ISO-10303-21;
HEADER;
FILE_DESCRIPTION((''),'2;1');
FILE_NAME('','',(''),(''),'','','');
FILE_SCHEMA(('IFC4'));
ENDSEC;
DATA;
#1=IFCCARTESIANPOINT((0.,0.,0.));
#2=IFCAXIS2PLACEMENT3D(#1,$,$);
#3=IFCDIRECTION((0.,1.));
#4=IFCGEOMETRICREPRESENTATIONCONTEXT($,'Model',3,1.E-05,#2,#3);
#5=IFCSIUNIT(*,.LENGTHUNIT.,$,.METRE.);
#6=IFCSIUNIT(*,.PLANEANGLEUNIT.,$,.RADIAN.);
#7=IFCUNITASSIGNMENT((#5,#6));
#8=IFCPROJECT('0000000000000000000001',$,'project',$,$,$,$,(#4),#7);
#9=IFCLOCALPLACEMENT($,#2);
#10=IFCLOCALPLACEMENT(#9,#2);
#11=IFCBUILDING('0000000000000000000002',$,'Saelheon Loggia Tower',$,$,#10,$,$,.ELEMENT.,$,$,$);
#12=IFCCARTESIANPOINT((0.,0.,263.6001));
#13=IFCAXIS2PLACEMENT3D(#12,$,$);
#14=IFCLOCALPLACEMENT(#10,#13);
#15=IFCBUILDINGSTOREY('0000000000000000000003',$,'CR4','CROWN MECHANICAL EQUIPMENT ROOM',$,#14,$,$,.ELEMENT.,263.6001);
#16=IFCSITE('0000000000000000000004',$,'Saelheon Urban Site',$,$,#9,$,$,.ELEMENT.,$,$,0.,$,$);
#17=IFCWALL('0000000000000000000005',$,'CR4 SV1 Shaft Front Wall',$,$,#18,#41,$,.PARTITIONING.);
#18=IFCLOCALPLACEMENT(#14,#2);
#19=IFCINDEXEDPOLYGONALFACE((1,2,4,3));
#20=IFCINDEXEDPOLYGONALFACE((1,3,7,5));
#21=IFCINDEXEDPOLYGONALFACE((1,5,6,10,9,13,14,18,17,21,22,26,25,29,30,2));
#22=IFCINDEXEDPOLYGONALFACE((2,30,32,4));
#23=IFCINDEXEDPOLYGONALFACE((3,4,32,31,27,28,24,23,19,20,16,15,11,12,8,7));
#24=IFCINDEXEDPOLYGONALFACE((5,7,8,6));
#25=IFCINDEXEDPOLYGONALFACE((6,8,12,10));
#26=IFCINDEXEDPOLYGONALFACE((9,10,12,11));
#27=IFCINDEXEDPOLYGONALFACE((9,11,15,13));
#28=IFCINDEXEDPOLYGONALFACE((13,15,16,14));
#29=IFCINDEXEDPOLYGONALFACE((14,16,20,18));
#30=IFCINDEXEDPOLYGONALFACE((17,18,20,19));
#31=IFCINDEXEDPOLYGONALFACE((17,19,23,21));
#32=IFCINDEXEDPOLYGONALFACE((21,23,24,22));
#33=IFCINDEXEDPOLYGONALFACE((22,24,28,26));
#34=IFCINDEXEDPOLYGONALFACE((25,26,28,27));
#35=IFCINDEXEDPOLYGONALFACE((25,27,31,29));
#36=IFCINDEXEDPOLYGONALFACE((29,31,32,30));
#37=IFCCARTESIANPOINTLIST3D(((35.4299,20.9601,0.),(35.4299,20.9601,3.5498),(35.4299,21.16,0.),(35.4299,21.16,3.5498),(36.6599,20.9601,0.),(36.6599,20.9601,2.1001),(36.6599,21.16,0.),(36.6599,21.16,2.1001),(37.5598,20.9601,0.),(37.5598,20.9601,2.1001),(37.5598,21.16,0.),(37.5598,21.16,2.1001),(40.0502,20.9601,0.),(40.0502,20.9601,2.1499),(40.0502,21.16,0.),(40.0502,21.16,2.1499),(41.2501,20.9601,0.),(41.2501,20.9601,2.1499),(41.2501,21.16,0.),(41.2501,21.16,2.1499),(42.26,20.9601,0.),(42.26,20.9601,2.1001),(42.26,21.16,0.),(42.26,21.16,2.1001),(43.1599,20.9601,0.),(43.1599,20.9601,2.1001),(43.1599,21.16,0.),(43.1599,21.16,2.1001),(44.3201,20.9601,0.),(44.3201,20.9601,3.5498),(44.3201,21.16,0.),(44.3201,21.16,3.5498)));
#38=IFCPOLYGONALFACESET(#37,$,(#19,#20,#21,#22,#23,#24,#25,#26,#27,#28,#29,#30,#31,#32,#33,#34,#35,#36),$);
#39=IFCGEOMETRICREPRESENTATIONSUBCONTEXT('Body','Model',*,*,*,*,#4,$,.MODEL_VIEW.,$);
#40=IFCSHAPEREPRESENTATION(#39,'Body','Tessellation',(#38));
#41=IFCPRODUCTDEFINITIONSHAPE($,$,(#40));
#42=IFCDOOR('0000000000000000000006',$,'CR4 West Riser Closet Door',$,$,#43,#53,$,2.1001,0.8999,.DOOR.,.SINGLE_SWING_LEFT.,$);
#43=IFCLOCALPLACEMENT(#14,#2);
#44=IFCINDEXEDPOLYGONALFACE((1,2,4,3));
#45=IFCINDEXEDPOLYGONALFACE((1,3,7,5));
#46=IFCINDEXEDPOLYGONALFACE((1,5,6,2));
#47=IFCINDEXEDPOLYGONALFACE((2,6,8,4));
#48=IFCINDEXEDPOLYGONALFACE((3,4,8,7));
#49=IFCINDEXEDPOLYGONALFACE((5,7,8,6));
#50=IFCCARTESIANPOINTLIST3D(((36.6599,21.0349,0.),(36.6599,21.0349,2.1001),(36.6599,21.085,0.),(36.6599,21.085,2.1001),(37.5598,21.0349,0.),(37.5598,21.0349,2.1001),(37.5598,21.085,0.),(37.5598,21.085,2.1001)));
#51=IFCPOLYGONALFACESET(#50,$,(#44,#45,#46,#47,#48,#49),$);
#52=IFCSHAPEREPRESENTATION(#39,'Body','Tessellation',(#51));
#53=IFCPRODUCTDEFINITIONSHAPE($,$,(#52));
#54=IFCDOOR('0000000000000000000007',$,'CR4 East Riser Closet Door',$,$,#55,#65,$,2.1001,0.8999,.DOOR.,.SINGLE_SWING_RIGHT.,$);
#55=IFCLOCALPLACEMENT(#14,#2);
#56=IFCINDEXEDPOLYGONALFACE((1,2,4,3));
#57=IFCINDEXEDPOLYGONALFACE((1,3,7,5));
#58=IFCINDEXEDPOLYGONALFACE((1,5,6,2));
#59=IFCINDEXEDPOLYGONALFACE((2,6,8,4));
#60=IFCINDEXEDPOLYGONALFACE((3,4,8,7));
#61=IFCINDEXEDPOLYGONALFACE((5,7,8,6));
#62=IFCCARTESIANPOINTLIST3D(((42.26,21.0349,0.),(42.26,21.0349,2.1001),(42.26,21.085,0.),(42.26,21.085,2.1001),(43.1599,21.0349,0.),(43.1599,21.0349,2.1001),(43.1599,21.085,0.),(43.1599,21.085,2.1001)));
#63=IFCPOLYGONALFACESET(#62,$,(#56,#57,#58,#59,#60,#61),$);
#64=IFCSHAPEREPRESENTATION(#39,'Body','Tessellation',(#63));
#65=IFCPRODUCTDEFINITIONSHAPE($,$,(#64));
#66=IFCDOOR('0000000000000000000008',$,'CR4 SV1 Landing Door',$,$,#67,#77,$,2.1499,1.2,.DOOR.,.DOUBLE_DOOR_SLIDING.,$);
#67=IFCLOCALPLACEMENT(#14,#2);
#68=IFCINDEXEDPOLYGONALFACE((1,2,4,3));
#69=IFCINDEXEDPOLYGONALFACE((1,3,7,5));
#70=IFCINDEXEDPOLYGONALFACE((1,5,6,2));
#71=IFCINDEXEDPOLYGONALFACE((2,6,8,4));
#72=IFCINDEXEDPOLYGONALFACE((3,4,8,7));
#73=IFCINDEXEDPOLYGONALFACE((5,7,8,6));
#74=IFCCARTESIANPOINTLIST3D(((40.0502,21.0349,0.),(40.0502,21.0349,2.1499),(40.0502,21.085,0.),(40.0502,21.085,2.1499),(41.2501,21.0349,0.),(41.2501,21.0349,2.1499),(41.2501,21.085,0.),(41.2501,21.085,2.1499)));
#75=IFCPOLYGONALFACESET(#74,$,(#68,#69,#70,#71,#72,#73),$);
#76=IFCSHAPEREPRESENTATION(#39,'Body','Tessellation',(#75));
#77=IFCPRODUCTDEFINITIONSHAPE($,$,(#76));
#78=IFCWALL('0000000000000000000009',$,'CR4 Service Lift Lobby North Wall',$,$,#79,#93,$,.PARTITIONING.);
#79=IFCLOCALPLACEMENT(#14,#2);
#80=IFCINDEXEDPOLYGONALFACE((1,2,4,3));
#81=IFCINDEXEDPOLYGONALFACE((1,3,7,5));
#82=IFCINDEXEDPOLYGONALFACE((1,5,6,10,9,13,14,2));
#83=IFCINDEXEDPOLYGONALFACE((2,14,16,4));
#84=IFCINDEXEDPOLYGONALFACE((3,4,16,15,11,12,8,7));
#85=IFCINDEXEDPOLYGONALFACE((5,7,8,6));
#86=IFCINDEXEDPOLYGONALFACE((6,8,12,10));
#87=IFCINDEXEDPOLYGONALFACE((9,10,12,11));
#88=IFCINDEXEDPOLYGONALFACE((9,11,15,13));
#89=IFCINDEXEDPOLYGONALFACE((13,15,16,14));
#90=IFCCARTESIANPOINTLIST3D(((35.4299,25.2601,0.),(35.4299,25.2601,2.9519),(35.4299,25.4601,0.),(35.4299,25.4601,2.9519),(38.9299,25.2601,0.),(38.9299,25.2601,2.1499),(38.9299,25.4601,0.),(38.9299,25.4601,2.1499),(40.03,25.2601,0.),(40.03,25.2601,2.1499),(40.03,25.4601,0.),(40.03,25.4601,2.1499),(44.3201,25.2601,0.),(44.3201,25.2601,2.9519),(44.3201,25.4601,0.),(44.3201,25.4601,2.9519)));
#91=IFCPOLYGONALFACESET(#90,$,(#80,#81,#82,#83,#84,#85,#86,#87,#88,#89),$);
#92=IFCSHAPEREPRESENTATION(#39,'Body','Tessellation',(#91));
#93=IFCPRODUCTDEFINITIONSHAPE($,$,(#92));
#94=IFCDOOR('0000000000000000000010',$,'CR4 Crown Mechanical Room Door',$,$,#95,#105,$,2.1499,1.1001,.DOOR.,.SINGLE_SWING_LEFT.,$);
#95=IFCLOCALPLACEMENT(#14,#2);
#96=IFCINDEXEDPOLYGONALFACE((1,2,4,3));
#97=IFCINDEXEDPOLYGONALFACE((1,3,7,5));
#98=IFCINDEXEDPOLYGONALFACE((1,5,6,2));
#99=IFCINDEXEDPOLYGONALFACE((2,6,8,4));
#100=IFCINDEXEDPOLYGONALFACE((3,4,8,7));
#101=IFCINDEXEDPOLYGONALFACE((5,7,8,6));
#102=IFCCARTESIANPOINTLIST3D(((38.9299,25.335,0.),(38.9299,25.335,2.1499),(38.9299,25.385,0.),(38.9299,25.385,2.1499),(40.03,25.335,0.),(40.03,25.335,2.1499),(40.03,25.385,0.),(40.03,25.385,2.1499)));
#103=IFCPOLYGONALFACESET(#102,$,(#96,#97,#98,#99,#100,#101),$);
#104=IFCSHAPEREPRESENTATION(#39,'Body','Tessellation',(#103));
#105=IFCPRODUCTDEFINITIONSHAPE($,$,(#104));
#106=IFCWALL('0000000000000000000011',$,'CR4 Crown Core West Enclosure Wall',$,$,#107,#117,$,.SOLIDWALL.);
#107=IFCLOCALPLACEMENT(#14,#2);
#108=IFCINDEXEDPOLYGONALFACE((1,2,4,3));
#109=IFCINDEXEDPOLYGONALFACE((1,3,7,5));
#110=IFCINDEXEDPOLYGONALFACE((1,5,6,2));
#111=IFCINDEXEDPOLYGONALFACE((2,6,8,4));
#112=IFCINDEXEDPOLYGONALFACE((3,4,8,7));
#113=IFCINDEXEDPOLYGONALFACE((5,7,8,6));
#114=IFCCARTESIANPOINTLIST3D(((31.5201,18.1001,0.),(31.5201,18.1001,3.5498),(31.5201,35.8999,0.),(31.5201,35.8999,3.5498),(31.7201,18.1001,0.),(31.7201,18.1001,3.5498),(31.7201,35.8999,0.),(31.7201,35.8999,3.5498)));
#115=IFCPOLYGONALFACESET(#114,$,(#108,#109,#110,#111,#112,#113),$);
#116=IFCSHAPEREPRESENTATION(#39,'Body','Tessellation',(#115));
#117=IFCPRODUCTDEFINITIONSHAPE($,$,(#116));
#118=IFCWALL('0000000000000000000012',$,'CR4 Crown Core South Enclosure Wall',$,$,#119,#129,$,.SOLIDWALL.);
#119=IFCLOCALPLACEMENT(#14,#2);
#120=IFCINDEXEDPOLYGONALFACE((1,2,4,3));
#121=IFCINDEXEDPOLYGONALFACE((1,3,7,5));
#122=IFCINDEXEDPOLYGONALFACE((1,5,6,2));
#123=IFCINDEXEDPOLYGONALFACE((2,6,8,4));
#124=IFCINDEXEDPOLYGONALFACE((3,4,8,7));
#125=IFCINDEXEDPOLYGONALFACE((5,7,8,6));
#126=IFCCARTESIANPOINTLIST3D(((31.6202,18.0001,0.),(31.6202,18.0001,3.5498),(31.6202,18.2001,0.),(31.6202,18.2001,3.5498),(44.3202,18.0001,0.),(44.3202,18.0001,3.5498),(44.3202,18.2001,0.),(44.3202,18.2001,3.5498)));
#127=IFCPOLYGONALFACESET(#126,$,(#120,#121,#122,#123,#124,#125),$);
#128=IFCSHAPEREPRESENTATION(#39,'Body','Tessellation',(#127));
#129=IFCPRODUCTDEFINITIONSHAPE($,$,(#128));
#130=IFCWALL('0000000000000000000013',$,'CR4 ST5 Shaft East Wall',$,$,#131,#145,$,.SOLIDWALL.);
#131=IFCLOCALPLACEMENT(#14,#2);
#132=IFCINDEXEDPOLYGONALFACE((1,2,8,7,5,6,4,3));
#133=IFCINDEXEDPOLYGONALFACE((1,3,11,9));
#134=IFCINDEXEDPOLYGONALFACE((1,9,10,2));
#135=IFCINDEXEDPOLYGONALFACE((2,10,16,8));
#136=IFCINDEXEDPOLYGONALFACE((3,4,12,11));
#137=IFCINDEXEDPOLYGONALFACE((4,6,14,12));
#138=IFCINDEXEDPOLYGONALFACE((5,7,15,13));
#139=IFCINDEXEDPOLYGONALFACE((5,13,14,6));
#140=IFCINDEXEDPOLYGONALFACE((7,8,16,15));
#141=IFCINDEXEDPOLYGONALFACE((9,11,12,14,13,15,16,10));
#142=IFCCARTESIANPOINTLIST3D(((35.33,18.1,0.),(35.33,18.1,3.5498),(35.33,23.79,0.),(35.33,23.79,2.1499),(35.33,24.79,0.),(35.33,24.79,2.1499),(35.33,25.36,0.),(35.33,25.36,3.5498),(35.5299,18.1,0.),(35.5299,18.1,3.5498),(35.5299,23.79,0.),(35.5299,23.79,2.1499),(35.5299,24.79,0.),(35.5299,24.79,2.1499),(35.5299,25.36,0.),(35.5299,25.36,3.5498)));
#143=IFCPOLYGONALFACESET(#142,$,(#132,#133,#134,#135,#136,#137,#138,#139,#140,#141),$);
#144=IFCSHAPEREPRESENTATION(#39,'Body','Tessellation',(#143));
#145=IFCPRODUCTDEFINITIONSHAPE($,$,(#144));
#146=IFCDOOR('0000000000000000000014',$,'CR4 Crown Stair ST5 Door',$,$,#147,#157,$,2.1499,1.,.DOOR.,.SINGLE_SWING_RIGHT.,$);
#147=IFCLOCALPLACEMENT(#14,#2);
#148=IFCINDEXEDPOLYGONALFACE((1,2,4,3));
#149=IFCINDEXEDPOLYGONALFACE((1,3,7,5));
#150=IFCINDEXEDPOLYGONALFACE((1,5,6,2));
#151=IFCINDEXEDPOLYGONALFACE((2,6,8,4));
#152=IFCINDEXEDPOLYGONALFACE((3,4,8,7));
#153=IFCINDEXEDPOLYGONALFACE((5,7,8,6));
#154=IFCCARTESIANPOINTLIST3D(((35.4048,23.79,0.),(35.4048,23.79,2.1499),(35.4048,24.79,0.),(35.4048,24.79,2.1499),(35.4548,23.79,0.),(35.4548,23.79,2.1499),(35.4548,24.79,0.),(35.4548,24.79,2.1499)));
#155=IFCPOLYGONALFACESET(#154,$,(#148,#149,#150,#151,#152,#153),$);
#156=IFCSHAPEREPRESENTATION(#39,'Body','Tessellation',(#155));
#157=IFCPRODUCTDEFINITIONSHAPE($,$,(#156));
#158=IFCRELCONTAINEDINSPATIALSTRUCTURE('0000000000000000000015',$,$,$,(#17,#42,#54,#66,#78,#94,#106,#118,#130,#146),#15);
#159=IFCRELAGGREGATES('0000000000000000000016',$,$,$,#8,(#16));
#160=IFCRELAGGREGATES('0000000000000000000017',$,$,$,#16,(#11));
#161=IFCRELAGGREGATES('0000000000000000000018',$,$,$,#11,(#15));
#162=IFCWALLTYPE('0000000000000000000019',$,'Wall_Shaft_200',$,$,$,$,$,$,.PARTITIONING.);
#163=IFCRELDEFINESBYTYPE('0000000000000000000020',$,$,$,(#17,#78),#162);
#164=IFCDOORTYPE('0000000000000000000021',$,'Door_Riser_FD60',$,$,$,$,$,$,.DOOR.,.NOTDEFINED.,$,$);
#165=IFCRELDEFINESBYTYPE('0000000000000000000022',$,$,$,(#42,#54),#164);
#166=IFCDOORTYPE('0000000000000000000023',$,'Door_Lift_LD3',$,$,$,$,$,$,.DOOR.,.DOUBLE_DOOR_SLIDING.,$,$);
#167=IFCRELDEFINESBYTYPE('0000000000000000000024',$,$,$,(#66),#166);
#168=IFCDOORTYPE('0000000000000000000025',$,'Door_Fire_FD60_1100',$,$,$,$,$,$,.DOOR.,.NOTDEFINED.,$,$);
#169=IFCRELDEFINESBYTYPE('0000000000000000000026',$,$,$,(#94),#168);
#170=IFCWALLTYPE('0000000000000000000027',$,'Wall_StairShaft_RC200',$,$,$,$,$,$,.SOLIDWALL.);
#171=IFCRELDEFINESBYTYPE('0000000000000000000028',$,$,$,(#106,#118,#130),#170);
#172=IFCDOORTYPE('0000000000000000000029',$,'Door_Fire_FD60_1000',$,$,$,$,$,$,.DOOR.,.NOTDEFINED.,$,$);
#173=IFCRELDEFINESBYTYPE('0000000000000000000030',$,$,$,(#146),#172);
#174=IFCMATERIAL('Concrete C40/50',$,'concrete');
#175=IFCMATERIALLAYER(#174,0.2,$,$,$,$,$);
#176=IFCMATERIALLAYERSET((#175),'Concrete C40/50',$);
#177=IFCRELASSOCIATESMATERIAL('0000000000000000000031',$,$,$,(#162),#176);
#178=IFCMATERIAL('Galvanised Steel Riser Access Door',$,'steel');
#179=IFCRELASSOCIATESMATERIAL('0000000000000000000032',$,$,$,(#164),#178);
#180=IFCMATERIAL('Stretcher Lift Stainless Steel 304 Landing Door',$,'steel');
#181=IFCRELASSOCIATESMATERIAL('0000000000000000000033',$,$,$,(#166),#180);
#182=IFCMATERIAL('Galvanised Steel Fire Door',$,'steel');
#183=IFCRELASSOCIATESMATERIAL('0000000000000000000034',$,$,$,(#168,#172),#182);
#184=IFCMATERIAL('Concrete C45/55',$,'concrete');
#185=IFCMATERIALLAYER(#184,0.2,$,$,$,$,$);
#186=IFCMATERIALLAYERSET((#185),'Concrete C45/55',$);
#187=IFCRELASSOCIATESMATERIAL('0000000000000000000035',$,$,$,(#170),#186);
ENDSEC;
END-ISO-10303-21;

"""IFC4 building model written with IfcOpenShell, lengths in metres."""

from ifc_helpers import new_model, si_unit, direction, frame, frame_2d, origin, place, context, subcontext, project, spatial, rectangle, extrude, source, transform, mapped, material, layer, layer_set, type_object, element, fill, save


model = new_model("IFC4")

# Units and contexts
model_context = context("Model", 3, precision=1e-05, world=origin(), true_north=direction((0.0, 1.0)))
body_context = subcontext(model_context, "Body", "Model", "MODEL_VIEW")
ifc_project = project(units=[si_unit("LENGTHUNIT", "METRE"), si_unit("PLANEANGLEUNIT", "RADIAN")], contexts=[model_context])

# Site, building, storey
site_placement = place(None, origin())
site = spatial("IfcSite", under=ifc_project, at=site_placement, Name="Saelheon Urban Site", CompositionType="ELEMENT", RefElevation=0.0)
building_placement = place(site_placement, origin())
building = spatial("IfcBuilding", under=site, at=building_placement, Name="Saelheon Loggia Tower", CompositionType="ELEMENT")
storey_placement = place(building_placement, frame((0.0, 0.0, 263.6001)))
storey = spatial("IfcBuildingStorey", under=building, at=storey_placement, Name="CR4", Description="CROWN MECHANICAL EQUIPMENT ROOM", CompositionType="ELEMENT", Elevation=263.6001)

# Wall, openings, doors
ifc_material_1 = material(Name="Concrete C40/50", Category="concrete")
ifc_layer_1 = layer(ifc_material_1, 0.2)
ifc_layer_set_1 = layer_set([ifc_layer_1], Name="Concrete C40/50")
wall_type_1 = type_object("IfcWallType", Name="Wall_Shaft_200", PredefinedType="PARTITIONING", material=ifc_layer_set_1)
wall_1_placement = place(storey_placement, frame((35.4299, 21.0601, 0.0), z_axis=(0.0, 0.0, 1.0), x_axis=(1.0, 0.0, 0.0)))
wall_1 = element("IfcWall", 1, at=wall_1_placement, inside=storey, type_object=wall_type_1, Name="CR4 SV1 Shaft Front Wall", PredefinedType="PARTITIONING", context=body_context, shape_type="SweptSolid", body=[
    extrude(rectangle(XDim=8.8901, YDim=0.2, at=frame_2d((4.4451, 0.0))), origin(), (0.0, 0.0, 1.0), 3.5498),
])
opening_1_placement = place(wall_1_placement, frame((1.23, 0.0, 0.0)))
opening_1 = element("IfcOpeningElement", 2, at=opening_1_placement, cuts=wall_1, PredefinedType="OPENING", context=body_context, shape_type="SweptSolid", body=[
    extrude(rectangle(XDim=0.8999, YDim=2.1001, at=frame_2d((0.45, 1.05))), frame((0.0, 0.1121, 0.0), z_axis=(0.0, -1.0, 0.0), x_axis=(1.0, 0.0, 0.0)), (0.0, 0.0, 1.0), 0.2239),
])
opening_2_placement = place(wall_1_placement, frame((4.6201, 0.0, 0.0)))
opening_2 = element("IfcOpeningElement", 3, at=opening_2_placement, cuts=wall_1, PredefinedType="OPENING", context=body_context, shape_type="SweptSolid", body=[
    extrude(rectangle(XDim=1.2, YDim=2.1499, at=frame_2d((0.6001, 1.075))), frame((0.0, 0.1121, 0.0), z_axis=(0.0, -1.0, 0.0), x_axis=(1.0, 0.0, 0.0)), (0.0, 0.0, 1.0), 0.2239),
])
opening_3_placement = place(wall_1_placement, frame((6.8301, 0.0, 0.0)))
opening_3 = element("IfcOpeningElement", 4, at=opening_3_placement, cuts=wall_1, PredefinedType="OPENING", context=body_context, shape_type="SweptSolid", body=[
    extrude(rectangle(XDim=0.8999, YDim=2.1001, at=frame_2d((0.45, 1.05))), frame((0.0, 0.1121, 0.0), z_axis=(0.0, -1.0, 0.0), x_axis=(1.0, 0.0, 0.0)), (0.0, 0.0, 1.0), 0.2239),
])
ifc_material_2 = material(Name="Galvanised Steel Riser Access Door", Category="steel")
door_type_1 = type_object("IfcDoorType", Name="Door_Riser_FD60", OperationType="NOTDEFINED", PredefinedType="DOOR", material=ifc_material_2)
shared_shape_1 = source(origin(), body_context, "Body", "SweptSolid", [
    extrude(rectangle(XDim=0.8999, YDim=2.1001, at=frame_2d((0.45, 1.05))), frame((0.0, 0.0249, 0.0), z_axis=(0.0, -1.0, 0.0), x_axis=(1.0, 0.0, 0.0)), (0.0, 0.0, 1.0), 0.05),
])
door_1_placement = place(opening_1_placement, origin())
door_1 = element("IfcDoor", 5, at=door_1_placement, inside=storey, type_object=door_type_1, Name="CR4 West Riser Closet Door", OperationType="SINGLE_SWING_LEFT", OverallHeight=2.1001, OverallWidth=0.8999, PredefinedType="DOOR", context=body_context, shape_type="MappedRepresentation", body=[
    mapped(shared_shape_1, transform((0.0, 0.0, 0.0), scale=1.0)),
])
fill(opening_1, door_1)
door_2_placement = place(opening_3_placement, origin())
door_2 = element("IfcDoor", 6, at=door_2_placement, inside=storey, type_object=door_type_1, Name="CR4 East Riser Closet Door", OperationType="SINGLE_SWING_RIGHT", OverallHeight=2.1001, OverallWidth=0.8999, PredefinedType="DOOR", context=body_context, shape_type="MappedRepresentation", body=[
    mapped(shared_shape_1, transform((0.0, 0.0, 0.0), scale=1.0)),
])
fill(opening_3, door_2)
ifc_material_3 = material(Name="Stretcher Lift Stainless Steel 304 Landing Door", Category="steel")
door_type_2 = type_object("IfcDoorType", Name="Door_Lift_LD3", OperationType="DOUBLE_DOOR_SLIDING", PredefinedType="DOOR", material=ifc_material_3)
shared_shape_2 = source(origin(), body_context, "Body", "SweptSolid", [
    extrude(rectangle(XDim=1.2, YDim=2.1499, at=frame_2d((0.6001, 1.075))), frame((0.0, 0.0249, 0.0), z_axis=(0.0, -1.0, 0.0), x_axis=(1.0, 0.0, 0.0)), (0.0, 0.0, 1.0), 0.05),
])
door_3_placement = place(opening_2_placement, origin())
door_3 = element("IfcDoor", 7, at=door_3_placement, inside=storey, type_object=door_type_2, Name="CR4 SV1 Landing Door", OperationType="DOUBLE_DOOR_SLIDING", OverallHeight=2.1499, OverallWidth=1.2, PredefinedType="DOOR", context=body_context, shape_type="MappedRepresentation", body=[
    mapped(shared_shape_2, transform((0.0, 0.0, 0.0), scale=1.0)),
])
fill(opening_2, door_3)

# Wall, opening, door
wall_2_placement = place(storey_placement, frame((35.4299, 25.3601, 0.0), z_axis=(0.0, 0.0, 1.0), x_axis=(1.0, 0.0, 0.0)))
wall_2 = element("IfcWall", 8, at=wall_2_placement, inside=storey, type_object=wall_type_1, Name="CR4 Service Lift Lobby North Wall", PredefinedType="PARTITIONING", context=body_context, shape_type="SweptSolid", body=[
    extrude(rectangle(XDim=8.8901, YDim=0.2, at=frame_2d((4.4451, 0.0))), origin(), (0.0, 0.0, 1.0), 2.9519),
])
opening_4_placement = place(wall_2_placement, frame((3.5, 0.0, 0.0)))
opening_4 = element("IfcOpeningElement", 9, at=opening_4_placement, cuts=wall_2, PredefinedType="OPENING", context=body_context, shape_type="SweptSolid", body=[
    extrude(rectangle(XDim=1.1001, YDim=2.1499, at=frame_2d((0.55, 1.075))), frame((0.0, 0.1121, 0.0), z_axis=(0.0, -1.0, 0.0), x_axis=(1.0, 0.0, 0.0)), (0.0, 0.0, 1.0), 0.2239),
])
ifc_material_4 = material(Name="Galvanised Steel Fire Door", Category="steel")
door_type_3 = type_object("IfcDoorType", Name="Door_Fire_FD60_1100", OperationType="NOTDEFINED", PredefinedType="DOOR", material=ifc_material_4)
shared_shape_3 = source(origin(), body_context, "Body", "SweptSolid", [
    extrude(rectangle(XDim=1.1001, YDim=2.1499, at=frame_2d((0.55, 1.075))), frame((0.0, 0.0249, 0.0), z_axis=(0.0, -1.0, 0.0), x_axis=(1.0, 0.0, 0.0)), (0.0, 0.0, 1.0), 0.05),
])
door_4_placement = place(opening_4_placement, origin())
door_4 = element("IfcDoor", 10, at=door_4_placement, inside=storey, type_object=door_type_3, Name="CR4 Crown Mechanical Room Door", OperationType="SINGLE_SWING_LEFT", OverallHeight=2.1499, OverallWidth=1.1001, PredefinedType="DOOR", context=body_context, shape_type="MappedRepresentation", body=[
    mapped(shared_shape_3, transform((0.0, 0.0, 0.0), scale=1.0)),
])
fill(opening_4, door_4)

# Walls
ifc_material_5 = material(Name="Concrete C45/55", Category="concrete")
ifc_layer_2 = layer(ifc_material_5, 0.2)
ifc_layer_set_2 = layer_set([ifc_layer_2], Name="Concrete C45/55")
wall_type_2 = type_object("IfcWallType", Name="Wall_StairShaft_RC200", PredefinedType="SOLIDWALL", material=ifc_layer_set_2)
wall_3_placement = place(storey_placement, frame((31.6201, 18.1001, 0.0), z_axis=(0.0, 0.0, 1.0), x_axis=(0.0, 1.0, 0.0)))
element("IfcWall", 11, at=wall_3_placement, inside=storey, type_object=wall_type_2, Name="CR4 Crown Core West Enclosure Wall", PredefinedType="SOLIDWALL", context=body_context, shape_type="SweptSolid", body=[
    extrude(rectangle(XDim=17.7998, YDim=0.2, at=frame_2d((8.8999, 0.0))), origin(), (0.0, 0.0, 1.0), 3.5498),
])
wall_4_placement = place(storey_placement, frame((31.6201, 18.1001, 0.0), z_axis=(0.0, 0.0, 1.0), x_axis=(1.0, 0.0, 0.0)))
element("IfcWall", 12, at=wall_4_placement, inside=storey, type_object=wall_type_2, Name="CR4 Crown Core South Enclosure Wall", PredefinedType="SOLIDWALL", context=body_context, shape_type="SweptSolid", body=[
    extrude(rectangle(XDim=12.7, YDim=0.2, at=frame_2d((6.3501, 0.0))), origin(), (0.0, 0.0, 1.0), 3.5498),
])

# Wall, opening, door
wall_5_placement = place(storey_placement, frame((35.4299, 18.1001, 0.0), z_axis=(0.0, 0.0, 1.0), x_axis=(0.0, 1.0, 0.0)))
wall_5 = element("IfcWall", 13, at=wall_5_placement, inside=storey, type_object=wall_type_2, Name="CR4 ST5 Shaft East Wall", PredefinedType="SOLIDWALL", context=body_context, shape_type="SweptSolid", body=[
    extrude(rectangle(XDim=7.26, YDim=0.2, at=frame_2d((3.6299, 0.0))), origin(), (0.0, 0.0, 1.0), 3.5498),
])
opening_5_placement = place(wall_5_placement, frame((6.6899, 0.0, 0.0), z_axis=(0.0, 0.0, 1.0), x_axis=(-1.0, 0.0, 0.0)))
opening_5 = element("IfcOpeningElement", 14, at=opening_5_placement, cuts=wall_5, PredefinedType="OPENING", context=body_context, shape_type="SweptSolid", body=[
    extrude(rectangle(XDim=1.0, YDim=2.1499, at=frame_2d((0.5, 1.075))), frame((0.0, 0.1121, 0.0), z_axis=(0.0, -1.0, 0.0), x_axis=(1.0, 0.0, 0.0)), (0.0, 0.0, 1.0), 0.2239),
])
door_type_4 = type_object("IfcDoorType", Name="Door_Fire_FD60_1000", OperationType="NOTDEFINED", PredefinedType="DOOR", material=ifc_material_4)
shared_shape_4 = source(origin(), body_context, "Body", "SweptSolid", [
    extrude(rectangle(XDim=1.0, YDim=2.1499, at=frame_2d((0.5, 1.075))), frame((0.0, 0.0249, 0.0), z_axis=(0.0, -1.0, 0.0), x_axis=(1.0, 0.0, 0.0)), (0.0, 0.0, 1.0), 0.05),
])
door_5_placement = place(opening_5_placement, origin())
door_5 = element("IfcDoor", 15, at=door_5_placement, inside=storey, type_object=door_type_4, Name="CR4 Crown Stair ST5 Door", OperationType="SINGLE_SWING_RIGHT", OverallHeight=2.1499, OverallWidth=1.0, PredefinedType="DOOR", context=body_context, shape_type="MappedRepresentation", body=[
    mapped(shared_shape_4, transform((0.0, 0.0, 0.0), scale=1.0)),
])
fill(opening_5, door_5)

save(model, "model.ifc")
